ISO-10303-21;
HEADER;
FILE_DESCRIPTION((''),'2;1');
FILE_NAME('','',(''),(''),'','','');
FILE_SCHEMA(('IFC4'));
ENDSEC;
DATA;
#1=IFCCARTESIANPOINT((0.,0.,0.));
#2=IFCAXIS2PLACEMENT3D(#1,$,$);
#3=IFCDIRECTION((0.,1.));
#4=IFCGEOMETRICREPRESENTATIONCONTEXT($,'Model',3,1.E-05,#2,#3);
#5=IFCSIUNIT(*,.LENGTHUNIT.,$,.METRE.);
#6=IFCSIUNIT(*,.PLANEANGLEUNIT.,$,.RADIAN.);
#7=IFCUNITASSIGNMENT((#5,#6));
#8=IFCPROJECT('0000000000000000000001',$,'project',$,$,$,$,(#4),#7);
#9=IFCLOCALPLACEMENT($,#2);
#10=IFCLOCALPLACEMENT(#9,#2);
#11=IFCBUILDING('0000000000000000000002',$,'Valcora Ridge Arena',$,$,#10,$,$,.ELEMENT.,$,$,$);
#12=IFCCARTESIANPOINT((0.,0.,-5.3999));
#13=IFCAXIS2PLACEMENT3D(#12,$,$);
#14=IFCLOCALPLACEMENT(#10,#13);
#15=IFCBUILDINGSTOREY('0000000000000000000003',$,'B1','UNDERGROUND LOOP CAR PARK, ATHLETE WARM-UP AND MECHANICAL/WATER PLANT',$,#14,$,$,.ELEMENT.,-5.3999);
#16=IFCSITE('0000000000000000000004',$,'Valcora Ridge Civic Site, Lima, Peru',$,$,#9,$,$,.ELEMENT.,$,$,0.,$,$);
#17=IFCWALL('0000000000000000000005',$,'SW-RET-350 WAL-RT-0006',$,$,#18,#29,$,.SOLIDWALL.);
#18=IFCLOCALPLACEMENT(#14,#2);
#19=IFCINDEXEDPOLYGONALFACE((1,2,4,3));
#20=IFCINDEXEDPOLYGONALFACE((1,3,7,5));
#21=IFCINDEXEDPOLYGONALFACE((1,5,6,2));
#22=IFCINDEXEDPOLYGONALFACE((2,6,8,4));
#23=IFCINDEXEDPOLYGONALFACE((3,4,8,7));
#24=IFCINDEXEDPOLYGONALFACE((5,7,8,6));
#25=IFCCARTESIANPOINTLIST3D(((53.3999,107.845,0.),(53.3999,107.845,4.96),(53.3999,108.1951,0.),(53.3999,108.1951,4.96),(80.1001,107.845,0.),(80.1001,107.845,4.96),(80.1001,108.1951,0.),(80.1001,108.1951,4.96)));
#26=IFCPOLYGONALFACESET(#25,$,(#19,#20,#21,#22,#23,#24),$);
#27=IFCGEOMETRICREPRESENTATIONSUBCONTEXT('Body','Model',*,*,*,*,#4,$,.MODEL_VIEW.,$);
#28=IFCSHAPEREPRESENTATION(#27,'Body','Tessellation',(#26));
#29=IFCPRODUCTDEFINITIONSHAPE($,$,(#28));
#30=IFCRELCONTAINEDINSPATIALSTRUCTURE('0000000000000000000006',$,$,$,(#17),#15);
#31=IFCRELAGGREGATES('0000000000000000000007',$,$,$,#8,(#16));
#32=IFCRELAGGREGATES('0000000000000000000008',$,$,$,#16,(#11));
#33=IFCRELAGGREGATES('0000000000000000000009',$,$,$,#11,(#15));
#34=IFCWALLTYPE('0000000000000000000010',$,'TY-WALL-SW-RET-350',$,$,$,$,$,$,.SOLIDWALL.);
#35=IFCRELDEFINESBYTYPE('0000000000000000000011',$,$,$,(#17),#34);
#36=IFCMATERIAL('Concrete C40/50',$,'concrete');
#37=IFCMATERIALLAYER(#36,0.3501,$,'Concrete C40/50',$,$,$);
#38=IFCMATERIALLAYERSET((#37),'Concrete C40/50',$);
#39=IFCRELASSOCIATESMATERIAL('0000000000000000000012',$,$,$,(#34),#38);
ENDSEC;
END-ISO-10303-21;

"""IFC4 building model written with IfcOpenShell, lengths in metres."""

from ifc_helpers import new_model, si_unit, direction, frame, frame_2d, origin, place, context, subcontext, project, spatial, rectangle, extrude, material, layer, layer_set, type_object, element, save


model = new_model("IFC4")

# Units and contexts
model_context = context("Model", 3, precision=1e-05, world=origin(), true_north=direction((0.0, 1.0)))
body_context = subcontext(model_context, "Body", "Model", "MODEL_VIEW")
ifc_project = project(units=[si_unit("LENGTHUNIT", "METRE"), si_unit("PLANEANGLEUNIT", "RADIAN")], contexts=[model_context])

# Site, building, storey
site_placement = place(None, origin())
site = spatial("IfcSite", under=ifc_project, at=site_placement, Name="Valcora Ridge Civic Site, Lima, Peru", CompositionType="ELEMENT", RefElevation=0.0)
building_placement = place(site_placement, origin())
building = spatial("IfcBuilding", under=site, at=building_placement, Name="Valcora Ridge Arena", CompositionType="ELEMENT")
storey_placement = place(building_placement, frame((0.0, 0.0, -5.3999)))
storey = spatial("IfcBuildingStorey", under=building, at=storey_placement, Name="B1", Description="UNDERGROUND LOOP CAR PARK, ATHLETE WARM-UP AND MECHANICAL/WATER PLANT", CompositionType="ELEMENT", Elevation=-5.3999)

# Shared definitions
ifc_material_1 = material(Name="Concrete C40/50", Category="concrete")

# Wall
ifc_layer_1 = layer(ifc_material_1, 0.3501, Name="Concrete C40/50")
ifc_layer_set_1 = layer_set([ifc_layer_1], Name="Concrete C40/50")
wall_type_1 = type_object("IfcWallType", Name="TY-WALL-SW-RET-350", PredefinedType="SOLIDWALL", material=ifc_layer_set_1)
wall_1_placement = place(storey_placement, frame((53.3999, 108.02, 0.0), z_axis=(0.0, 0.0, 1.0), x_axis=(1.0, 0.0, 0.0)))
element("IfcWall", 1, at=wall_1_placement, inside=storey, type_object=wall_type_1, Name="SW-RET-350 WAL-RT-0006", PredefinedType="SOLIDWALL", context=body_context, shape_type="SweptSolid", body=[
    extrude(rectangle(XDim=26.7002, YDim=0.3501, at=frame_2d((13.3501, 0.0))), origin(), (0.0, 0.0, 1.0), 4.96),
])

save(model, "model.ifc")
